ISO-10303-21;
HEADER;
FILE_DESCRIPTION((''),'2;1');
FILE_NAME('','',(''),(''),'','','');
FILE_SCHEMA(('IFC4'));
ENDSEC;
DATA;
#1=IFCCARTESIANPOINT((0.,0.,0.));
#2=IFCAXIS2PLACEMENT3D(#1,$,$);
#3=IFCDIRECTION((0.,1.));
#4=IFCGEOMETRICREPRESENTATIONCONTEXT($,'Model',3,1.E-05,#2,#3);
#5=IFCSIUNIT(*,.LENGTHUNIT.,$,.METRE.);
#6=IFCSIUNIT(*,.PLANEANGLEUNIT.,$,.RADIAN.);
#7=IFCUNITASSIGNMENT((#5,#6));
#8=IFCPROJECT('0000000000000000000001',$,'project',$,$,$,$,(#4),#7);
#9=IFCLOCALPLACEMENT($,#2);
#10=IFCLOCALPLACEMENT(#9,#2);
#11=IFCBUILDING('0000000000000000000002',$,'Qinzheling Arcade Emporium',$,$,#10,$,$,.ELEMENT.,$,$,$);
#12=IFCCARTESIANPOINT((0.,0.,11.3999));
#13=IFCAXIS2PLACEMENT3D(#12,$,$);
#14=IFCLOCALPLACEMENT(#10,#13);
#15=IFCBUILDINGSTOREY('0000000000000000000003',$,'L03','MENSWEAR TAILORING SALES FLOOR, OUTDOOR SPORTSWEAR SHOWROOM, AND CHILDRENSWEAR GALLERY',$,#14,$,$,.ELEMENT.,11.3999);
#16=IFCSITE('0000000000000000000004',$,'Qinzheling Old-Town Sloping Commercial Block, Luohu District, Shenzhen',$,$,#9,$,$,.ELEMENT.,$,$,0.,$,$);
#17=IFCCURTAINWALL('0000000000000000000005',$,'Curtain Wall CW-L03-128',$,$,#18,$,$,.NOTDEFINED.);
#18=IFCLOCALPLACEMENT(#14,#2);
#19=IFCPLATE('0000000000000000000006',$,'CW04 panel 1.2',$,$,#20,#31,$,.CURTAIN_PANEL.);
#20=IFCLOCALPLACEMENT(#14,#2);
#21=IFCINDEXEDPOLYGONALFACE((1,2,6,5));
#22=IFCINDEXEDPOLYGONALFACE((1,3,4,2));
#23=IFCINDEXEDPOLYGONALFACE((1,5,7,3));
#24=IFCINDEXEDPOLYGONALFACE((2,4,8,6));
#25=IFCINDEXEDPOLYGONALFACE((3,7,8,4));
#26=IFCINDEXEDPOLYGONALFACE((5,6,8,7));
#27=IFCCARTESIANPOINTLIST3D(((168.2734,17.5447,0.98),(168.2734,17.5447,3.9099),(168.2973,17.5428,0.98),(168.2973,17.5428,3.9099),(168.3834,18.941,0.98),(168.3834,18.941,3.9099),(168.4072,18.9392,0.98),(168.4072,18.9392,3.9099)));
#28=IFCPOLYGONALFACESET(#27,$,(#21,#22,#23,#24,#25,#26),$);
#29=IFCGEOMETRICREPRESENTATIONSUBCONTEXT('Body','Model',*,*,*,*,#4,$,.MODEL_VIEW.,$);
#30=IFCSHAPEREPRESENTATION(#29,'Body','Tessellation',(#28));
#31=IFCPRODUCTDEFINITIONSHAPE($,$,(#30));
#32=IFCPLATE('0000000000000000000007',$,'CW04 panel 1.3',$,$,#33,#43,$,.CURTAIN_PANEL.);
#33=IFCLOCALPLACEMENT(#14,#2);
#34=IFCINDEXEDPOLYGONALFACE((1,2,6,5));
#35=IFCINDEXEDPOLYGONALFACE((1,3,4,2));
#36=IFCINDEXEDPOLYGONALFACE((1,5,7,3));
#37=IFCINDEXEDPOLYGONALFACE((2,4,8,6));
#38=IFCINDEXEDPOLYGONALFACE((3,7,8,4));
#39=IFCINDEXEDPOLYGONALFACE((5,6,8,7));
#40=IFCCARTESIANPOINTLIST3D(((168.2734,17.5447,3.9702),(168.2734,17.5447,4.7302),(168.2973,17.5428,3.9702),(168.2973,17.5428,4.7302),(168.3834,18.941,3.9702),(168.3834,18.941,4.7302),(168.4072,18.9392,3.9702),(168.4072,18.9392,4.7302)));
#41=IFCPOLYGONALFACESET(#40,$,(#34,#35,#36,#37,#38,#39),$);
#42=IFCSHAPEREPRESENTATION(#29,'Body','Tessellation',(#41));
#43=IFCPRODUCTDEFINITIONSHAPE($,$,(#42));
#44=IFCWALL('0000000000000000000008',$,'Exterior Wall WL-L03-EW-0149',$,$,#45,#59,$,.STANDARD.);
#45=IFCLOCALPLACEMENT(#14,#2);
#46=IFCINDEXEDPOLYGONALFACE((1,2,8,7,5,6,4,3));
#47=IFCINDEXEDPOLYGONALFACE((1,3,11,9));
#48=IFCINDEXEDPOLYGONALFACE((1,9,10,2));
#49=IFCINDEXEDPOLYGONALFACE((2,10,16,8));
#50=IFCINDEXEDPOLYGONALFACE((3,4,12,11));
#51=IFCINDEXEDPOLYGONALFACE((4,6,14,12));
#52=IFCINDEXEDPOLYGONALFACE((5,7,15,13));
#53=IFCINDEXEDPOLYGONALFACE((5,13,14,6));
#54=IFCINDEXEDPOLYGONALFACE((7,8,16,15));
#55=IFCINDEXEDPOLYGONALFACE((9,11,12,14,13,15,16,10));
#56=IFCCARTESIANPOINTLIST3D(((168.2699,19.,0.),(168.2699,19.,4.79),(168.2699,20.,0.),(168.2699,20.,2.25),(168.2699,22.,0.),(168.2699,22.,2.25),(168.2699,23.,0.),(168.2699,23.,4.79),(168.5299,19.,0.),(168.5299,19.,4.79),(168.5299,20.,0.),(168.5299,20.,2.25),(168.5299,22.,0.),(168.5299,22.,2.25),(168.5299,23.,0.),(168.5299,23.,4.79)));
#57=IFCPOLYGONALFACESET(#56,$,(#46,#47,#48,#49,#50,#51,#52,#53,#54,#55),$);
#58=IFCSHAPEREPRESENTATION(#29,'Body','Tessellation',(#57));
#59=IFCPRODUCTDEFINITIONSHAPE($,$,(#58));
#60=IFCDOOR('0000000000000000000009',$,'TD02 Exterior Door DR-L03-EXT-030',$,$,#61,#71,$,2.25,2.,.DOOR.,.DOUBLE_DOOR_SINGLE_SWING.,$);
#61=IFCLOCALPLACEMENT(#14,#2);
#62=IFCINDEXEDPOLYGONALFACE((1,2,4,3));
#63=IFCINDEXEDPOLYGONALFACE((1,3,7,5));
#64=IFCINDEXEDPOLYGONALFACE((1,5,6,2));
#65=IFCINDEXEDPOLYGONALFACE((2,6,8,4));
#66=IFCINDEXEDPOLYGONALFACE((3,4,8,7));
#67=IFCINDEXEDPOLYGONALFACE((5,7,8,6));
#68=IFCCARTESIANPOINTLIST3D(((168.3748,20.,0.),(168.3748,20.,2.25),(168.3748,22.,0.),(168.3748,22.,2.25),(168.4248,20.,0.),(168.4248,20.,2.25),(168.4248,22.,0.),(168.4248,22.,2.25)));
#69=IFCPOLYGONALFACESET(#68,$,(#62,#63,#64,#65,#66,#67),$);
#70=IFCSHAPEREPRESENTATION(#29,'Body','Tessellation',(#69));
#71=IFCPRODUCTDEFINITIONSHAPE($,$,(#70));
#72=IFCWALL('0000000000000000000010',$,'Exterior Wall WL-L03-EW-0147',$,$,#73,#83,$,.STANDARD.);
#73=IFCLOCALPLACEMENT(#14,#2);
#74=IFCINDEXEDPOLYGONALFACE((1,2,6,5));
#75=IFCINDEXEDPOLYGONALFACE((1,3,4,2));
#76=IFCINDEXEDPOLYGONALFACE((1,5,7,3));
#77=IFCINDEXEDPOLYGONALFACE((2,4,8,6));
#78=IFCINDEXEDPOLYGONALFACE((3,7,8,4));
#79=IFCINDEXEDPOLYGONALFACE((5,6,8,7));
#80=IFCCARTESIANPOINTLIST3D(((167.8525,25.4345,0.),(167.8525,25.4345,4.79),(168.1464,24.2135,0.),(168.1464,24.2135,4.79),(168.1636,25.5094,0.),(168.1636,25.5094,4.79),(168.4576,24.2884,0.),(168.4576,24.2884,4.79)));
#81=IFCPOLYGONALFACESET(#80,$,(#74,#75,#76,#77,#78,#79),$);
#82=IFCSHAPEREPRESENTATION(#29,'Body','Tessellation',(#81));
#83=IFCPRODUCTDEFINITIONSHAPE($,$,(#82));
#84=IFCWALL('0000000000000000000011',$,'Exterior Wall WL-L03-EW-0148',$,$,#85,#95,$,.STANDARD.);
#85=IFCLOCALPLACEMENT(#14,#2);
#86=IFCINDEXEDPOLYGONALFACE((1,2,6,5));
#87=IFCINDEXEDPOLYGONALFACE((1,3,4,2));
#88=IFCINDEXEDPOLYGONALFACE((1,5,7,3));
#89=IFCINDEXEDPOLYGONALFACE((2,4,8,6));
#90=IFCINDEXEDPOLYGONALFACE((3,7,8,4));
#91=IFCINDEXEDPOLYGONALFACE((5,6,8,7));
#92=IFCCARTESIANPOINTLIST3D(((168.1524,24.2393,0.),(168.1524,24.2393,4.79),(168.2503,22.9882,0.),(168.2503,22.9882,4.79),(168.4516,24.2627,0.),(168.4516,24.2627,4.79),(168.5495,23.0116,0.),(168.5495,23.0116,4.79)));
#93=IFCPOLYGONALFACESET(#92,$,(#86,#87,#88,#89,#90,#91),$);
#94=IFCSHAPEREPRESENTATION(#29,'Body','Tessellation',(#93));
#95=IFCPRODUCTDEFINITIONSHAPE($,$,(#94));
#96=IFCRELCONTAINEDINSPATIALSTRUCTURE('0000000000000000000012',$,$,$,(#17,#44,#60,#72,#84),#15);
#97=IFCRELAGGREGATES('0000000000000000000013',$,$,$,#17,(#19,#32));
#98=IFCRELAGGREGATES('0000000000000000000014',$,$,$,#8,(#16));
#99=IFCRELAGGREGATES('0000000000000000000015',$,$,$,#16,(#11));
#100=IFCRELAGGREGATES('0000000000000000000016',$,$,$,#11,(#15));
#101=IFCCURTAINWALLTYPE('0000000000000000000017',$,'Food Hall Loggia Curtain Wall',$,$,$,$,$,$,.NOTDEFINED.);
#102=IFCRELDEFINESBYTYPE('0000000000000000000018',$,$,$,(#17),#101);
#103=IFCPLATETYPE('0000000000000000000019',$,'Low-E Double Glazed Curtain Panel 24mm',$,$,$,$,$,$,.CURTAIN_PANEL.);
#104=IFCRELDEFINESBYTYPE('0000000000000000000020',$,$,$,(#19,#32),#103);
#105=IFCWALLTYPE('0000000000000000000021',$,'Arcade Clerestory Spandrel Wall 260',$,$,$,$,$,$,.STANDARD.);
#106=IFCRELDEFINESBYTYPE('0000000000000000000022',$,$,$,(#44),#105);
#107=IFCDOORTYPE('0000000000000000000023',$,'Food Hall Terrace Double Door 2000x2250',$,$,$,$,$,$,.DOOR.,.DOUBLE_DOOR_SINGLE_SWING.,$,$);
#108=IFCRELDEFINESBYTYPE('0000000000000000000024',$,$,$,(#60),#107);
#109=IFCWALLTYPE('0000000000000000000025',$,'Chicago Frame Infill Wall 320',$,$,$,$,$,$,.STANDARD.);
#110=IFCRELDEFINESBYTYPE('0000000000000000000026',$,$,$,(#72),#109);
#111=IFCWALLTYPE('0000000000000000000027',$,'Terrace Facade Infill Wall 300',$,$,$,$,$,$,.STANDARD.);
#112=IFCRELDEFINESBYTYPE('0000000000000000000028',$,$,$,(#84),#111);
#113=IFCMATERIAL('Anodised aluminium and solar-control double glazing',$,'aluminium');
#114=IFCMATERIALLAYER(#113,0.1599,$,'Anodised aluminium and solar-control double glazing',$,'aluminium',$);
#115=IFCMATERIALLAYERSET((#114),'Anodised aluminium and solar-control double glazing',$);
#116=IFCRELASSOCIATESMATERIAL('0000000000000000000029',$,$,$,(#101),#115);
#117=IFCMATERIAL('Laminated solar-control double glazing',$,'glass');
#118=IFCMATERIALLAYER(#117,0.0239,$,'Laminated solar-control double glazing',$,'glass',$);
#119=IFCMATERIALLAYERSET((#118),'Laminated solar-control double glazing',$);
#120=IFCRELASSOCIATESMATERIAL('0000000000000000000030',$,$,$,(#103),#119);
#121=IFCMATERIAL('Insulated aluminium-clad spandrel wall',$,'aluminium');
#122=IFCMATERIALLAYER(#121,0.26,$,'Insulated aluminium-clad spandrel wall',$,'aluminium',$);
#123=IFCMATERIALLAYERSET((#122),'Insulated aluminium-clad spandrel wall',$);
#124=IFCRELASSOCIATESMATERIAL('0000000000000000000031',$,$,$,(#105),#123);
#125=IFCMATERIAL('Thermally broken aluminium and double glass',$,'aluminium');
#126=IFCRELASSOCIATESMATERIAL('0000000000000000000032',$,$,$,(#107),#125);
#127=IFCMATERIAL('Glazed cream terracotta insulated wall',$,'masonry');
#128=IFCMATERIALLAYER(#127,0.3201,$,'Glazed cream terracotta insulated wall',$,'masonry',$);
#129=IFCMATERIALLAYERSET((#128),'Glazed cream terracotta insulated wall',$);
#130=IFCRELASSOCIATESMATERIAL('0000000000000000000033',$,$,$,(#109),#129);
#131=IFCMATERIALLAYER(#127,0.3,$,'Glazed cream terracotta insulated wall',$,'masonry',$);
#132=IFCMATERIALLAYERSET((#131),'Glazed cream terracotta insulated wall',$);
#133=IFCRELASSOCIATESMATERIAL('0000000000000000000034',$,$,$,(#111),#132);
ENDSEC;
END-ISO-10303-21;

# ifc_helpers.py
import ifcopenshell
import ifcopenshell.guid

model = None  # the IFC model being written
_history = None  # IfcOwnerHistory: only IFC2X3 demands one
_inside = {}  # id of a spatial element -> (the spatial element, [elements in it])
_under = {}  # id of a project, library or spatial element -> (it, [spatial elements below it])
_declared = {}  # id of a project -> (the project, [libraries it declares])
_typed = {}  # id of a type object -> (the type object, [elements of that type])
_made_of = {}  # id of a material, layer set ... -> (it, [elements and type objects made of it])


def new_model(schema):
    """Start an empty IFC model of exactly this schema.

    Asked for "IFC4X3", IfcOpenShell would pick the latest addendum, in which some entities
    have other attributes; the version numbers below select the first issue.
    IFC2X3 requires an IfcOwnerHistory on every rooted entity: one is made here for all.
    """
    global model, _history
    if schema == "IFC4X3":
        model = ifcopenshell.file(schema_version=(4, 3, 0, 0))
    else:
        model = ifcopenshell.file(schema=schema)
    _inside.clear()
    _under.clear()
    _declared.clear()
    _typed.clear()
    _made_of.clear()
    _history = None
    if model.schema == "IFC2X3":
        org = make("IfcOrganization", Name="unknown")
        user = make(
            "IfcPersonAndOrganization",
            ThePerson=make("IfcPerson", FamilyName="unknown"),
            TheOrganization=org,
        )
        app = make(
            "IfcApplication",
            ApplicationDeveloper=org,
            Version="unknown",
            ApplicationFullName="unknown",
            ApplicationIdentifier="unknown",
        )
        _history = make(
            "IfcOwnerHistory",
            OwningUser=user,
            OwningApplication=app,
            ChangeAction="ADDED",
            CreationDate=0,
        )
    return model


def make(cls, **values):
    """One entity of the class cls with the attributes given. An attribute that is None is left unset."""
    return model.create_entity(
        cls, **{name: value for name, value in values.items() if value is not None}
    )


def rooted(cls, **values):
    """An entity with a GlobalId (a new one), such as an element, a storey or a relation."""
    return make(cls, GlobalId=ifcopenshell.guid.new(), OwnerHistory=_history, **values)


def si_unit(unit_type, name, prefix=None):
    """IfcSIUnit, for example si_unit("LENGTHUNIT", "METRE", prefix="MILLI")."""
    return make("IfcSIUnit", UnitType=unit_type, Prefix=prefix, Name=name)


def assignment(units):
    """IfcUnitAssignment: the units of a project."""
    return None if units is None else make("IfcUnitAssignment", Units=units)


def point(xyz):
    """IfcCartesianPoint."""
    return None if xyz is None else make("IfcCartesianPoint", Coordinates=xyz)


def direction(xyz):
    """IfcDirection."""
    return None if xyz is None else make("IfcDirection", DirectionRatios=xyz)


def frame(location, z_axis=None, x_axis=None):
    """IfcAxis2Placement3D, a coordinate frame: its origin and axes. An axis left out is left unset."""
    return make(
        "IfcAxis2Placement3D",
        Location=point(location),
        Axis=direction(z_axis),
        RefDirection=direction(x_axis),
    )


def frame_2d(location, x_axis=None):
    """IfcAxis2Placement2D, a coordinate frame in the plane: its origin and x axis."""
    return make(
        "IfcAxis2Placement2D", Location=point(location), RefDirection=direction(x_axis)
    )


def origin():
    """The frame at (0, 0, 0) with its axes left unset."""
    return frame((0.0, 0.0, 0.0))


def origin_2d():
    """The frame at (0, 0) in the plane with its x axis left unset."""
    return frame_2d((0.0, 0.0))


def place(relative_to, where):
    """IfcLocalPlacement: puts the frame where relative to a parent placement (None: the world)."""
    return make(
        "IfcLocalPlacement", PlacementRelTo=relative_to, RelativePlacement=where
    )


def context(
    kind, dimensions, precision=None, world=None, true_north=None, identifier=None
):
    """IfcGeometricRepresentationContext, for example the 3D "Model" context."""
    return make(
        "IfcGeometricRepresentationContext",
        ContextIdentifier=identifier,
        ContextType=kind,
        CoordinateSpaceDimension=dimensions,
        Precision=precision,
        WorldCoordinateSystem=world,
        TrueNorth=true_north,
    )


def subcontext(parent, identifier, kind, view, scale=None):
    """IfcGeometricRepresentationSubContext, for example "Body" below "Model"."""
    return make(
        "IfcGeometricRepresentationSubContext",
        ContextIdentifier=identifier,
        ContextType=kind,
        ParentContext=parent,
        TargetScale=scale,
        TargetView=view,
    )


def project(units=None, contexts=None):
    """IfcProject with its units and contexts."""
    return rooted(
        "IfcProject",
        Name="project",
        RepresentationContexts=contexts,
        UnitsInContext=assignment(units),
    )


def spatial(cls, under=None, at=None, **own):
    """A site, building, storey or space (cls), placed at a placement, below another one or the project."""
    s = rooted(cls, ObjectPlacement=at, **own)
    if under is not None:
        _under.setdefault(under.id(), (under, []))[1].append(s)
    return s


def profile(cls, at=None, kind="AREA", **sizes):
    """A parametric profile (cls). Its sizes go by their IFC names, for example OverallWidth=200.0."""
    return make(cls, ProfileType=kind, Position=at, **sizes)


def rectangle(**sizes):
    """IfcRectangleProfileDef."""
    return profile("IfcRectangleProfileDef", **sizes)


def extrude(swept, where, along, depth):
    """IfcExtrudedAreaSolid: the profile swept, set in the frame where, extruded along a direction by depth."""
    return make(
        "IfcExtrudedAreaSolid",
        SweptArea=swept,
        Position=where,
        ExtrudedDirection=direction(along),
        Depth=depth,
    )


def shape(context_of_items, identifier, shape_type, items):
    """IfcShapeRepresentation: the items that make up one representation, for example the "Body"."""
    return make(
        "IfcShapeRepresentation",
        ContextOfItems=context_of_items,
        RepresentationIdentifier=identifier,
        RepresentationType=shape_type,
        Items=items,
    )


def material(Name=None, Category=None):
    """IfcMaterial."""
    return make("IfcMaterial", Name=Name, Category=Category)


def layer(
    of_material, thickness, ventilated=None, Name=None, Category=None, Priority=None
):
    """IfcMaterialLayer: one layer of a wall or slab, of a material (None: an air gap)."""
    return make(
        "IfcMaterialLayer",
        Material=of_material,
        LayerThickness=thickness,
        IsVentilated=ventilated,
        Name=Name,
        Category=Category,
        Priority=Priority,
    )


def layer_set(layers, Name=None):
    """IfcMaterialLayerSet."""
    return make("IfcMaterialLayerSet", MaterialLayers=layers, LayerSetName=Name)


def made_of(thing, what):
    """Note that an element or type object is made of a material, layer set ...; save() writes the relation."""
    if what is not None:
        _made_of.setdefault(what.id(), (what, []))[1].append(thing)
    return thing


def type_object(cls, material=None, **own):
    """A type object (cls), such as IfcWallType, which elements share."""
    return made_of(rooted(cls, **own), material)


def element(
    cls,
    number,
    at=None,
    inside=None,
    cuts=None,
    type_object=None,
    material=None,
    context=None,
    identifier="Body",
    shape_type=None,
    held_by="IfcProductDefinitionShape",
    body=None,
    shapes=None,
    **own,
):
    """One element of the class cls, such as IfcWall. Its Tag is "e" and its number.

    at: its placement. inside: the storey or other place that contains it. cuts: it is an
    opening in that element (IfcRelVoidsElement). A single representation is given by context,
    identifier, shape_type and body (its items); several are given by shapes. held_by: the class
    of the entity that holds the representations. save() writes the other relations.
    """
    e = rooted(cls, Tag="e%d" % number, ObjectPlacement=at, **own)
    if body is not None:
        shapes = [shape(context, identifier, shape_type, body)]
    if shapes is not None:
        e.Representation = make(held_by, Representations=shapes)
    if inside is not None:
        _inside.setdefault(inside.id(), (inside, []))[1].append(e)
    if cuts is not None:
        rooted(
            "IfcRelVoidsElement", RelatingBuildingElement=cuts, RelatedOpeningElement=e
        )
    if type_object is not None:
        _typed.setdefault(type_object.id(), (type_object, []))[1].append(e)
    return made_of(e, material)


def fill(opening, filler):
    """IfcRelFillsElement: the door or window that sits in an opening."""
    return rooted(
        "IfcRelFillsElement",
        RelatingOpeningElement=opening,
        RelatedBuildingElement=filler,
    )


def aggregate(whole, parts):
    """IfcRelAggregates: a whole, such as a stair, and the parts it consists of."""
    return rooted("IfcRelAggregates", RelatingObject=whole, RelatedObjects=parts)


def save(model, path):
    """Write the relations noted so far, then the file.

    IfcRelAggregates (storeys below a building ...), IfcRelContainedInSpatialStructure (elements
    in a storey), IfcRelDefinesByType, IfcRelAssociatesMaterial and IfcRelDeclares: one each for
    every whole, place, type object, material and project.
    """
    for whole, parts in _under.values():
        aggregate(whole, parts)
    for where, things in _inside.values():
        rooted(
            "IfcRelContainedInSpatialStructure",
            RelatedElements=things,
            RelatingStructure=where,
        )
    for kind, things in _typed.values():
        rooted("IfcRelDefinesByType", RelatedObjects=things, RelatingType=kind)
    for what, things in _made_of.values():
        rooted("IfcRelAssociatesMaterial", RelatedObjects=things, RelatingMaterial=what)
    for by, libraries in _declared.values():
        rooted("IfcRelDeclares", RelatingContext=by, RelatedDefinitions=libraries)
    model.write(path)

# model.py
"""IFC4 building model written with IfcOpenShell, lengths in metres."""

from ifc_helpers import new_model, si_unit, direction, frame, frame_2d, origin, origin_2d, place, context, subcontext, project, spatial, rectangle, extrude, material, layer, layer_set, type_object, element, fill, aggregate, save


model = new_model("IFC4")

# Units and contexts
model_context = context("Model", 3, precision=1e-05, world=origin(), true_north=direction((0.0, 1.0)))
body_context = subcontext(model_context, "Body", "Model", "MODEL_VIEW")
ifc_project = project(units=[si_unit("LENGTHUNIT", "METRE"), si_unit("PLANEANGLEUNIT", "RADIAN")], contexts=[model_context])

# Site, building, storey
site_placement = place(None, origin())
site = spatial("IfcSite", under=ifc_project, at=site_placement, Name="Qinzheling Old-Town Sloping Commercial Block, Luohu District, Shenzhen", CompositionType="ELEMENT", RefElevation=0.0)
building_placement = place(site_placement, origin())
building = spatial("IfcBuilding", under=site, at=building_placement, Name="Qinzheling Arcade Emporium", CompositionType="ELEMENT")
storey_placement = place(building_placement, frame((0.0, 0.0, 11.3999)))
storey = spatial("IfcBuildingStorey", under=building, at=storey_placement, Name="L03", Description="MENSWEAR TAILORING SALES FLOOR, OUTDOOR SPORTSWEAR SHOWROOM, AND CHILDRENSWEAR GALLERY", CompositionType="ELEMENT", Elevation=11.3999)

# Curtain wall
ifc_material_1 = material(Name="Anodised aluminium and solar-control double glazing", Category="aluminium")
ifc_layer_1 = layer(ifc_material_1, 0.1599, Name="Anodised aluminium and solar-control double glazing", Category="aluminium")
ifc_layer_set_1 = layer_set([ifc_layer_1], Name="Anodised aluminium and solar-control double glazing")
curtain_wall_type = type_object("IfcCurtainWallType", Name="Food Hall Loggia Curtain Wall", PredefinedType="NOTDEFINED", material=ifc_layer_set_1)
curtain_wall_placement = place(storey_placement, origin())
curtain_wall = element("IfcCurtainWall", 1, at=curtain_wall_placement, inside=storey, type_object=curtain_wall_type, Name="Curtain Wall CW-L03-128", PredefinedType="NOTDEFINED")

# Plates
ifc_material_2 = material(Name="Laminated solar-control double glazing", Category="glass")
ifc_layer_2 = layer(ifc_material_2, 0.0239, Name="Laminated solar-control double glazing", Category="glass")
ifc_layer_set_2 = layer_set([ifc_layer_2], Name="Laminated solar-control double glazing")
plate_type = type_object("IfcPlateType", Name="Low-E Double Glazed Curtain Panel 24mm", PredefinedType="CURTAIN_PANEL", material=ifc_layer_set_2)
plate_1_placement = place(storey_placement, frame((168.3403, 18.2419, 0.98), z_axis=(0.0, 0.0, 1.0), x_axis=(-0.078492, -0.996915, 0.0)))
plate_1 = element("IfcPlate", 2, at=plate_1_placement, type_object=plate_type, Name="CW04 panel 1.2", PredefinedType="CURTAIN_PANEL", context=body_context, shape_type="SweptSolid", body=[
    extrude(rectangle(XDim=1.4006, YDim=0.0239, at=origin_2d()), origin(), (0.0, 0.0, 1.0), 2.9299),
])
plate_2_placement = place(storey_placement, frame((168.3403, 18.2419, 3.9702), z_axis=(0.0, 0.0, 1.0), x_axis=(-0.078492, -0.996915, 0.0)))
plate_2 = element("IfcPlate", 3, at=plate_2_placement, type_object=plate_type, Name="CW04 panel 1.3", PredefinedType="CURTAIN_PANEL", context=body_context, shape_type="SweptSolid", body=[
    extrude(rectangle(XDim=1.4006, YDim=0.0239, at=origin_2d()), origin(), (0.0, 0.0, 1.0), 0.76),
])
aggregate(curtain_wall, [plate_1, plate_2])

# Wall, opening, door
ifc_material_3 = material(Name="Insulated aluminium-clad spandrel wall", Category="aluminium")
ifc_layer_3 = layer(ifc_material_3, 0.26, Name="Insulated aluminium-clad spandrel wall", Category="aluminium")
ifc_layer_set_3 = layer_set([ifc_layer_3], Name="Insulated aluminium-clad spandrel wall")
wall_type_1 = type_object("IfcWallType", Name="Arcade Clerestory Spandrel Wall 260", PredefinedType="STANDARD", material=ifc_layer_set_3)
wall_1_placement = place(storey_placement, frame((168.3999, 23.0, 0.0), z_axis=(0.0, 0.0, 1.0), x_axis=(0.0, -1.0, 0.0)))
wall_1 = element("IfcWall", 4, at=wall_1_placement, inside=storey, type_object=wall_type_1, Name="Exterior Wall WL-L03-EW-0149", PredefinedType="STANDARD", context=body_context, shape_type="SweptSolid", body=[
    extrude(rectangle(XDim=4.0, YDim=0.26, at=frame_2d((2.0, 0.0))), origin(), (0.0, 0.0, 1.0), 4.79),
])
opening_placement = place(wall_1_placement, frame((1.0, 0.0, 0.0)))
opening = element("IfcOpeningElement", 5, at=opening_placement, cuts=wall_1, PredefinedType="OPENING", context=body_context, shape_type="SweptSolid", body=[
    extrude(rectangle(XDim=2.0, YDim=2.25, at=frame_2d((1.0, 1.125))), frame((0.0, 0.1401, 0.0), z_axis=(0.0, -1.0, 0.0), x_axis=(1.0, 0.0, 0.0)), (0.0, 0.0, 1.0), 0.28),
])
ifc_material_4 = material(Name="Thermally broken aluminium and double glass", Category="aluminium")
door_type = type_object("IfcDoorType", Name="Food Hall Terrace Double Door 2000x2250", OperationType="DOUBLE_DOOR_SINGLE_SWING", PredefinedType="DOOR", material=ifc_material_4)
door_placement = place(opening_placement, origin())
door = element("IfcDoor", 6, at=door_placement, inside=storey, type_object=door_type, Name="TD02 Exterior Door DR-L03-EXT-030", OperationType="DOUBLE_DOOR_SINGLE_SWING", OverallHeight=2.25, OverallWidth=2.0, PredefinedType="DOOR", context=body_context, shape_type="SweptSolid", body=[
    extrude(rectangle(XDim=2.0, YDim=2.25, at=frame_2d((1.0, 1.125))), frame((0.0, 0.0249, 0.0), z_axis=(0.0, -1.0, 0.0), x_axis=(1.0, 0.0, 0.0)), (0.0, 0.0, 1.0), 0.05),
])
fill(opening, door)

# Walls
ifc_material_5 = material(Name="Glazed cream terracotta insulated wall", Category="masonry")
ifc_layer_4 = layer(ifc_material_5, 0.3201, Name="Glazed cream terracotta insulated wall", Category="masonry")
ifc_layer_set_4 = layer_set([ifc_layer_4], Name="Glazed cream terracotta insulated wall")
wall_type_2 = type_object("IfcWallType", Name="Chicago Frame Infill Wall 320", PredefinedType="STANDARD", material=ifc_layer_set_4)
wall_2_placement = place(storey_placement, frame((168.0081, 25.4719, 0.0), z_axis=(0.0, 0.0, 1.0), x_axis=(0.234064, -0.972221, 0.0)))
element("IfcWall", 7, at=wall_2_placement, inside=storey, type_object=wall_type_2, Name="Exterior Wall WL-L03-EW-0147", PredefinedType="STANDARD", context=body_context, shape_type="SweptSolid", body=[
    extrude(rectangle(XDim=1.2559, YDim=0.3201, at=frame_2d((0.6279, 0.0))), origin(), (0.0, 0.0, 1.0), 4.79),
])
ifc_layer_5 = layer(ifc_material_5, 0.3, Name="Glazed cream terracotta insulated wall", Category="masonry")
ifc_layer_set_5 = layer_set([ifc_layer_5], Name="Glazed cream terracotta insulated wall")
wall_type_3 = type_object("IfcWallType", Name="Terrace Facade Infill Wall 300", PredefinedType="STANDARD", material=ifc_layer_set_5)
wall_3_placement = place(storey_placement, frame((168.302, 24.251, 0.0), z_axis=(0.0, 0.0, 1.0), x_axis=(0.078021, -0.996952, 0.0)))
element("IfcWall", 8, at=wall_3_placement, inside=storey, type_object=wall_type_3, Name="Exterior Wall WL-L03-EW-0148", PredefinedType="STANDARD", context=body_context, shape_type="SweptSolid", body=[
    extrude(rectangle(XDim=1.2549, YDim=0.3, at=frame_2d((0.6274, 0.0))), origin(), (0.0, 0.0, 1.0), 4.79),
])

save(model, "model.ifc")
